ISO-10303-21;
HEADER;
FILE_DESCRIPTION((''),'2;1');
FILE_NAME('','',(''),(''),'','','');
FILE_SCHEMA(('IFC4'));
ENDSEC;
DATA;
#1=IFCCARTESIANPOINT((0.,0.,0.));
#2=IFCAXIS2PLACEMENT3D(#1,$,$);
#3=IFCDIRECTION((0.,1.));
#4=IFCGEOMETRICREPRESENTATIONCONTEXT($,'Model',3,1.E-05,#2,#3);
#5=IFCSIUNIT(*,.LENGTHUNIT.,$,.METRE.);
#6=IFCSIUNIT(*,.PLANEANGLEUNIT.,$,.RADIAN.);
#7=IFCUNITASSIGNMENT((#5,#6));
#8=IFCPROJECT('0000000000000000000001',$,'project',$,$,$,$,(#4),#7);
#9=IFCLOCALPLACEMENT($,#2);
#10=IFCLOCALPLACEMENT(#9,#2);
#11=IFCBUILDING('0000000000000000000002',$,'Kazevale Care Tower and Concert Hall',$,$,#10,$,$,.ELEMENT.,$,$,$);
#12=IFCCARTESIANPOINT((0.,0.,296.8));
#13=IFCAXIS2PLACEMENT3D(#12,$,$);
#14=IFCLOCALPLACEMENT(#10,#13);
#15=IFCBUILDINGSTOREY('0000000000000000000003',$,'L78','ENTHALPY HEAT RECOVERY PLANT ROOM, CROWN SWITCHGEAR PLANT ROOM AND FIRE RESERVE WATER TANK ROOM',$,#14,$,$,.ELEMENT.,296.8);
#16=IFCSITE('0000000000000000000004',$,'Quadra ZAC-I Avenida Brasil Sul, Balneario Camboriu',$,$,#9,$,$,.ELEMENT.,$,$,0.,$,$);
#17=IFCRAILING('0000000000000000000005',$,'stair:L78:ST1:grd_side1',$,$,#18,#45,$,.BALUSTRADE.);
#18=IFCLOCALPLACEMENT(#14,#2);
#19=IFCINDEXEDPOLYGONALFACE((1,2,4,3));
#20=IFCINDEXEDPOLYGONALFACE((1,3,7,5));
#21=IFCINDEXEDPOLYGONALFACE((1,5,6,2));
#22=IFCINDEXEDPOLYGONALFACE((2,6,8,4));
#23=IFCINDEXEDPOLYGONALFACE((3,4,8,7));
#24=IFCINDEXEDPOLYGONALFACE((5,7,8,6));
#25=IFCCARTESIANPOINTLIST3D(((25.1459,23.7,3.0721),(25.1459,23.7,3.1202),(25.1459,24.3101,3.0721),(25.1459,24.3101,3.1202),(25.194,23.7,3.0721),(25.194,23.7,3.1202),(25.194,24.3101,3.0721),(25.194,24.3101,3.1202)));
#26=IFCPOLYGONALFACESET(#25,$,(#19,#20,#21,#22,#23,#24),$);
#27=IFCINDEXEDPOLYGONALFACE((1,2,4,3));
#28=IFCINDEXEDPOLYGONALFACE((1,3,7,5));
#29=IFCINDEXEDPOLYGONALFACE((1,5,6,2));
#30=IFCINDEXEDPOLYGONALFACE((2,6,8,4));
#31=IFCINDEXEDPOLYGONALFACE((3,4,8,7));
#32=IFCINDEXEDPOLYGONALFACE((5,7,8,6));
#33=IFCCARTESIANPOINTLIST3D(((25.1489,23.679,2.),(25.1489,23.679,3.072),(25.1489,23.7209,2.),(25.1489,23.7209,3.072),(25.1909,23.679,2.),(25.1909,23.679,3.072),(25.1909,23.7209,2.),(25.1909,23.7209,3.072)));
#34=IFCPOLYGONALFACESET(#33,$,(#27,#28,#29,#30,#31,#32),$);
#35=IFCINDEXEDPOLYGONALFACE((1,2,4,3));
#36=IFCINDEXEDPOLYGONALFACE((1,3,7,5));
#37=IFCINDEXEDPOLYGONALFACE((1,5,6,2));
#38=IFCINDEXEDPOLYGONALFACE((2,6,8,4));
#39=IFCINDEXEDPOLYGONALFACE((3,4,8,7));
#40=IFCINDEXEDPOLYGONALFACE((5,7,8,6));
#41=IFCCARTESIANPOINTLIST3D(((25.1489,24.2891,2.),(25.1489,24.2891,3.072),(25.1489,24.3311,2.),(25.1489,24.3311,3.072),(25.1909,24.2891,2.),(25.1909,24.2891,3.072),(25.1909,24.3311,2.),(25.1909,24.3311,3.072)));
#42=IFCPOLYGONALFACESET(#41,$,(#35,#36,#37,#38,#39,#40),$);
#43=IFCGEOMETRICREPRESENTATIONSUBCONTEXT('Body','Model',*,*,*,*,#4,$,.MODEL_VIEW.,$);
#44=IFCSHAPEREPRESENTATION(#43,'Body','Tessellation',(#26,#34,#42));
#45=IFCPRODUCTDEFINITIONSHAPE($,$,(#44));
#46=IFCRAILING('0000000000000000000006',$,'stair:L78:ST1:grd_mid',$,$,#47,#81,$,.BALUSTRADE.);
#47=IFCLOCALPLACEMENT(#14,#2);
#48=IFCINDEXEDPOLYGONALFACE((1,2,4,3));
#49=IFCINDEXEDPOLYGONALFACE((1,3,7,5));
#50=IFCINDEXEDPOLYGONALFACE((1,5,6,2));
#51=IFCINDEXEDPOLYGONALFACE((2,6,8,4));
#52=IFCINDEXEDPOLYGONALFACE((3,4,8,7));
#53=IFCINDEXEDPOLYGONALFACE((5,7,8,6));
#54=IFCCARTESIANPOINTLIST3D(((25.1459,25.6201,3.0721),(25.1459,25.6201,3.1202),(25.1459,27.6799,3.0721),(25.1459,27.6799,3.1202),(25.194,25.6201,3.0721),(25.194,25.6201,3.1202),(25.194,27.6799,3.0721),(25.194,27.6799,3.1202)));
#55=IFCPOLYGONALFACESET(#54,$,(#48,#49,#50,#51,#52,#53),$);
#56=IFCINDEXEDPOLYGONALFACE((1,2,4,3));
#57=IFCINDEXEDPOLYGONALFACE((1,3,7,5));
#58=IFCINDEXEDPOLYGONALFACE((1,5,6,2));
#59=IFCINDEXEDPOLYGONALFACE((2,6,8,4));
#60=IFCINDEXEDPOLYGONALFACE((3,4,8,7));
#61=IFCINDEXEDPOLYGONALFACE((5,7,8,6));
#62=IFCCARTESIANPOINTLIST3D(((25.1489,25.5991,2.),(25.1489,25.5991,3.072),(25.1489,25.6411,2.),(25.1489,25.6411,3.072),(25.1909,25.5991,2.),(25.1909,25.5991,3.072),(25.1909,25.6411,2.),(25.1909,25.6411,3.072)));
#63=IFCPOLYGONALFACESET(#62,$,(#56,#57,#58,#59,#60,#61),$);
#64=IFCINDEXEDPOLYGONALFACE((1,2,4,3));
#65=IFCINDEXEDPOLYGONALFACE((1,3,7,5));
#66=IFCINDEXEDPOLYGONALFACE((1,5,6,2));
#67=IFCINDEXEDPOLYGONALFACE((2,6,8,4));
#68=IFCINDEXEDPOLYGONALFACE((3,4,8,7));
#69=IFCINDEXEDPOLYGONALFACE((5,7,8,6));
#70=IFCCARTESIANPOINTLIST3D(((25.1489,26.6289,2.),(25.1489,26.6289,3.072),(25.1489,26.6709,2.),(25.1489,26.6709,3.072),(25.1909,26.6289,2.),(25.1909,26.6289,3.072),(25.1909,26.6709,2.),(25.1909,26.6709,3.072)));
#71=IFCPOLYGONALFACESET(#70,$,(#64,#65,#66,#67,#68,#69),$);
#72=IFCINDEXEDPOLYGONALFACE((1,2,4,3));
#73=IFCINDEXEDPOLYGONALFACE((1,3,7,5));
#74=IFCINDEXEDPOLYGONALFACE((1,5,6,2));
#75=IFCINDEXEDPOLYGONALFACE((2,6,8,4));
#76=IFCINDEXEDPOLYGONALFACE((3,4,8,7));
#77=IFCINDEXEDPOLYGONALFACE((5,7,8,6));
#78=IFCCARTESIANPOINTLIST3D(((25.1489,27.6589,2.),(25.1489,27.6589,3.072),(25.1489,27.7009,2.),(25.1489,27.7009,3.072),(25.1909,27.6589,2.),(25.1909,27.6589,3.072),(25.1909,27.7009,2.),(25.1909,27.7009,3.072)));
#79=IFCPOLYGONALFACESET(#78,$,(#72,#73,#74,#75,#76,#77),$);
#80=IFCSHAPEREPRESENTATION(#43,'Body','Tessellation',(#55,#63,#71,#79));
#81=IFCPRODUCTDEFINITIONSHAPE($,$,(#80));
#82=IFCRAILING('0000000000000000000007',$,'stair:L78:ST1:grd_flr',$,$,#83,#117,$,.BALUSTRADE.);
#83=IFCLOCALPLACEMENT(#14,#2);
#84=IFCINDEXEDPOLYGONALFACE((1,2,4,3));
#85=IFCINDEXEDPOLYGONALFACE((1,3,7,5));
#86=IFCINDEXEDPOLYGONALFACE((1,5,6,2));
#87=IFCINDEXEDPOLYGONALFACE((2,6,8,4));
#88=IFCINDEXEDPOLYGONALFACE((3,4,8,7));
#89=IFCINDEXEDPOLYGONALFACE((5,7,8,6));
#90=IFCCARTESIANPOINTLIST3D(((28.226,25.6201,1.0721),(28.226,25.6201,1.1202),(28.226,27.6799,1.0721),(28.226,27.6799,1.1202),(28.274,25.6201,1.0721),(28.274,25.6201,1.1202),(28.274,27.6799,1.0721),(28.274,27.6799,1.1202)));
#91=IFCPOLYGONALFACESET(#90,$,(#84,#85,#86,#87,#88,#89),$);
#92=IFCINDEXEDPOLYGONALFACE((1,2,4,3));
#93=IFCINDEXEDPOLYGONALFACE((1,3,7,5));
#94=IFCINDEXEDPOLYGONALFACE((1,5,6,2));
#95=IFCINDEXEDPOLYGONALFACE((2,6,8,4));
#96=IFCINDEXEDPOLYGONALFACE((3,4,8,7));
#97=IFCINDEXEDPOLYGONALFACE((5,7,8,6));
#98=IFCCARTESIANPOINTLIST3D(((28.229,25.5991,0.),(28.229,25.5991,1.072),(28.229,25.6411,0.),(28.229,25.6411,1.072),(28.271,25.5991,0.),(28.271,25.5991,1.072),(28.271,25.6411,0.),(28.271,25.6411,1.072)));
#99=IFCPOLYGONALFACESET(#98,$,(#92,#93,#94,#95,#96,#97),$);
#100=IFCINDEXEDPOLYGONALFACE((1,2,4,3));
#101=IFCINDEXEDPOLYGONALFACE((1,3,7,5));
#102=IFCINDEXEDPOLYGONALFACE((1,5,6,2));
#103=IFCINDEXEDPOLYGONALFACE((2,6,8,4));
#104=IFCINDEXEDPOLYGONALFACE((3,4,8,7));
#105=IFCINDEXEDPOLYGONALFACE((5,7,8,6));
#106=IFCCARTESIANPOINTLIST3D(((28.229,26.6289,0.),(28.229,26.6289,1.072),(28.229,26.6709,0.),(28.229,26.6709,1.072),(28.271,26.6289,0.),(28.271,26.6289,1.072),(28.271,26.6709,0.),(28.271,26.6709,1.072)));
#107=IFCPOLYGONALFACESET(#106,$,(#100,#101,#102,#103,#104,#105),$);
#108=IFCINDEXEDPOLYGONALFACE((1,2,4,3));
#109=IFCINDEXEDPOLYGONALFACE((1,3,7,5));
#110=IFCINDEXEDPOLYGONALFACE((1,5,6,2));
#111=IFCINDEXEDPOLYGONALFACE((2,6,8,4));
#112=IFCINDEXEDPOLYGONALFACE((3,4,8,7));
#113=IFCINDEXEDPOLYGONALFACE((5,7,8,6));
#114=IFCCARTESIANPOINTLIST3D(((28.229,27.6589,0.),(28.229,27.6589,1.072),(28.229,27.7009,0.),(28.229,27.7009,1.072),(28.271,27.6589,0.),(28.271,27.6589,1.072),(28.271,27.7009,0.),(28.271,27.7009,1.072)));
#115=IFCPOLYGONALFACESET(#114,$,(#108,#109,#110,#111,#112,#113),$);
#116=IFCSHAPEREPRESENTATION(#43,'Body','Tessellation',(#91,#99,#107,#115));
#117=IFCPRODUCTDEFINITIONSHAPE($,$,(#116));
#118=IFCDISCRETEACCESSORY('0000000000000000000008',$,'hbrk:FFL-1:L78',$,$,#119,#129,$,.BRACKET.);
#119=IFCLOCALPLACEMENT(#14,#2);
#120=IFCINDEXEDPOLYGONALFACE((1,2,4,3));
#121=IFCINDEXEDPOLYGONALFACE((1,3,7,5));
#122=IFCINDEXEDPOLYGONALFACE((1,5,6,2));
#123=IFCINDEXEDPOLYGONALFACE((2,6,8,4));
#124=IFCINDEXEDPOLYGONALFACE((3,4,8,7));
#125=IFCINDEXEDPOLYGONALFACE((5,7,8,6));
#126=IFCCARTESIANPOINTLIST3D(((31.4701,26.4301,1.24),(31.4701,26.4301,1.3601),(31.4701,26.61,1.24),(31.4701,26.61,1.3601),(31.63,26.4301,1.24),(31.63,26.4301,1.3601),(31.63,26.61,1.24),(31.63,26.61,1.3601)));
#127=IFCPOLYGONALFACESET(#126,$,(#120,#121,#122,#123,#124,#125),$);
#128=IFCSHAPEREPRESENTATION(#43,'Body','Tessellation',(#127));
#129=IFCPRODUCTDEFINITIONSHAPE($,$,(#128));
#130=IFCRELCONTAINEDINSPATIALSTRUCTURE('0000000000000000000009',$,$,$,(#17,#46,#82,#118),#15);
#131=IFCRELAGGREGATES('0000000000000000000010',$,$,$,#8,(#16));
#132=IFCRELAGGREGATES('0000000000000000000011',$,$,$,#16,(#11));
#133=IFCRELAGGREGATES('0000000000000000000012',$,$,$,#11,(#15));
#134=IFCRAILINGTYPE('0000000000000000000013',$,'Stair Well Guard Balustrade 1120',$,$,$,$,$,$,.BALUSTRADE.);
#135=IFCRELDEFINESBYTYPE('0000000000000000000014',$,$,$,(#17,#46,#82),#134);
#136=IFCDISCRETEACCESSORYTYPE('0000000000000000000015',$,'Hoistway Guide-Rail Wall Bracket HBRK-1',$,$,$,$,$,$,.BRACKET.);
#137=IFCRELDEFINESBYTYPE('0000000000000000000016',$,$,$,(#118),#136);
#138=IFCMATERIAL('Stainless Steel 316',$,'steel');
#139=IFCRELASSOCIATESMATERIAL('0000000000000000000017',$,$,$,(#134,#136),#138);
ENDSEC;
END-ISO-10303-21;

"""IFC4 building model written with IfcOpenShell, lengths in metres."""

from ifc_helpers import new_model, si_unit, direction, frame, origin, origin_2d, place, context, subcontext, project, spatial, rectangle, extrude, material, type_object, element, save


model = new_model("IFC4")

# Units and contexts
model_context = context("Model", 3, precision=1e-05, world=origin(), true_north=direction((0.0, 1.0)))
body_context = subcontext(model_context, "Body", "Model", "MODEL_VIEW")
ifc_project = project(units=[si_unit("LENGTHUNIT", "METRE"), si_unit("PLANEANGLEUNIT", "RADIAN")], contexts=[model_context])

# Site, building, storey
site_placement = place(None, origin())
site = spatial("IfcSite", under=ifc_project, at=site_placement, Name="Quadra ZAC-I Avenida Brasil Sul, Balneario Camboriu", CompositionType="ELEMENT", RefElevation=0.0)
building_placement = place(site_placement, origin())
building = spatial("IfcBuilding", under=site, at=building_placement, Name="Kazevale Care Tower and Concert Hall", CompositionType="ELEMENT")
storey_placement = place(building_placement, frame((0.0, 0.0, 296.8)))
storey = spatial("IfcBuildingStorey", under=building, at=storey_placement, Name="L78", Description="ENTHALPY HEAT RECOVERY PLANT ROOM, CROWN SWITCHGEAR PLANT ROOM AND FIRE RESERVE WATER TANK ROOM", CompositionType="ELEMENT", Elevation=296.8)

# Railings
ifc_material_1 = material(Name="Stainless Steel 316", Category="steel")
railing_type_1 = type_object("IfcRailingType", Name="Stair Well Guard Balustrade 1120", PredefinedType="BALUSTRADE", material=ifc_material_1)
railing_1_placement = place(storey_placement, frame((25.1699, 23.7, 2.0)))
element("IfcRailing", 1, at=railing_1_placement, inside=storey, type_object=railing_type_1, Name="stair:L78:ST1:grd_side1", PredefinedType="BALUSTRADE", context=body_context, shape_type="SweptSolid", body=[
    extrude(rectangle(XDim=0.0481, YDim=0.0481, at=origin_2d()), frame((0.0, 0.0, 1.0962), z_axis=(0.0, 1.0, 0.0), x_axis=(-1.0, 0.0, 0.0)), (0.0, 0.0, 1.0), 0.6101),
    extrude(rectangle(XDim=0.042, YDim=0.042, at=origin_2d()), origin(), (0.0, 0.0, 1.0), 1.072),
    extrude(rectangle(XDim=0.042, YDim=0.042, at=origin_2d()), frame((0.0, 0.6101, 0.0)), (0.0, 0.0, 1.0), 1.072),
])
for number, where, name in (
    (2, (25.1699, 25.6201, 2.0), "stair:L78:ST1:grd_mid"),
    (3, (28.25, 25.6201, 0.0), "stair:L78:ST1:grd_flr"),
):
    element("IfcRailing", number, at=place(storey_placement, frame(where)), inside=storey, type_object=railing_type_1, Name=name, PredefinedType="BALUSTRADE", context=body_context, shape_type="SweptSolid", body=[
        extrude(rectangle(XDim=0.0481, YDim=0.0481, at=origin_2d()), frame((0.0, 0.0, 1.0962), z_axis=(0.0, 1.0, 0.0), x_axis=(-1.0, 0.0, 0.0)), (0.0, 0.0, 1.0), 2.0598),
        extrude(rectangle(XDim=0.042, YDim=0.042, at=origin_2d()), origin(), (0.0, 0.0, 1.0), 1.072),
        extrude(rectangle(XDim=0.042, YDim=0.042, at=origin_2d()), frame((0.0, 1.0298, 0.0)), (0.0, 0.0, 1.0), 1.072),
        extrude(rectangle(XDim=0.042, YDim=0.042, at=origin_2d()), frame((0.0, 2.0598, 0.0)), (0.0, 0.0, 1.0), 1.072),
    ])

# Discrete accessory
discrete_accessory_type = type_object("IfcDiscreteAccessoryType", Name="Hoistway Guide-Rail Wall Bracket HBRK-1", PredefinedType="BRACKET", material=ifc_material_1)
discrete_accessory_placement = place(storey_placement, frame((31.55, 26.52, 1.24), z_axis=(0.0, 0.0, 1.0), x_axis=(1.0, 0.0, 0.0)))
element("IfcDiscreteAccessory", 4, at=discrete_accessory_placement, inside=storey, type_object=discrete_accessory_type, Name="hbrk:FFL-1:L78", PredefinedType="BRACKET", context=body_context, shape_type="SweptSolid", body=[
    extrude(rectangle(XDim=0.1599, YDim=0.1799, at=origin_2d()), origin(), (0.0, 0.0, 1.0), 0.1201),
])

save(model, "model.ifc")
